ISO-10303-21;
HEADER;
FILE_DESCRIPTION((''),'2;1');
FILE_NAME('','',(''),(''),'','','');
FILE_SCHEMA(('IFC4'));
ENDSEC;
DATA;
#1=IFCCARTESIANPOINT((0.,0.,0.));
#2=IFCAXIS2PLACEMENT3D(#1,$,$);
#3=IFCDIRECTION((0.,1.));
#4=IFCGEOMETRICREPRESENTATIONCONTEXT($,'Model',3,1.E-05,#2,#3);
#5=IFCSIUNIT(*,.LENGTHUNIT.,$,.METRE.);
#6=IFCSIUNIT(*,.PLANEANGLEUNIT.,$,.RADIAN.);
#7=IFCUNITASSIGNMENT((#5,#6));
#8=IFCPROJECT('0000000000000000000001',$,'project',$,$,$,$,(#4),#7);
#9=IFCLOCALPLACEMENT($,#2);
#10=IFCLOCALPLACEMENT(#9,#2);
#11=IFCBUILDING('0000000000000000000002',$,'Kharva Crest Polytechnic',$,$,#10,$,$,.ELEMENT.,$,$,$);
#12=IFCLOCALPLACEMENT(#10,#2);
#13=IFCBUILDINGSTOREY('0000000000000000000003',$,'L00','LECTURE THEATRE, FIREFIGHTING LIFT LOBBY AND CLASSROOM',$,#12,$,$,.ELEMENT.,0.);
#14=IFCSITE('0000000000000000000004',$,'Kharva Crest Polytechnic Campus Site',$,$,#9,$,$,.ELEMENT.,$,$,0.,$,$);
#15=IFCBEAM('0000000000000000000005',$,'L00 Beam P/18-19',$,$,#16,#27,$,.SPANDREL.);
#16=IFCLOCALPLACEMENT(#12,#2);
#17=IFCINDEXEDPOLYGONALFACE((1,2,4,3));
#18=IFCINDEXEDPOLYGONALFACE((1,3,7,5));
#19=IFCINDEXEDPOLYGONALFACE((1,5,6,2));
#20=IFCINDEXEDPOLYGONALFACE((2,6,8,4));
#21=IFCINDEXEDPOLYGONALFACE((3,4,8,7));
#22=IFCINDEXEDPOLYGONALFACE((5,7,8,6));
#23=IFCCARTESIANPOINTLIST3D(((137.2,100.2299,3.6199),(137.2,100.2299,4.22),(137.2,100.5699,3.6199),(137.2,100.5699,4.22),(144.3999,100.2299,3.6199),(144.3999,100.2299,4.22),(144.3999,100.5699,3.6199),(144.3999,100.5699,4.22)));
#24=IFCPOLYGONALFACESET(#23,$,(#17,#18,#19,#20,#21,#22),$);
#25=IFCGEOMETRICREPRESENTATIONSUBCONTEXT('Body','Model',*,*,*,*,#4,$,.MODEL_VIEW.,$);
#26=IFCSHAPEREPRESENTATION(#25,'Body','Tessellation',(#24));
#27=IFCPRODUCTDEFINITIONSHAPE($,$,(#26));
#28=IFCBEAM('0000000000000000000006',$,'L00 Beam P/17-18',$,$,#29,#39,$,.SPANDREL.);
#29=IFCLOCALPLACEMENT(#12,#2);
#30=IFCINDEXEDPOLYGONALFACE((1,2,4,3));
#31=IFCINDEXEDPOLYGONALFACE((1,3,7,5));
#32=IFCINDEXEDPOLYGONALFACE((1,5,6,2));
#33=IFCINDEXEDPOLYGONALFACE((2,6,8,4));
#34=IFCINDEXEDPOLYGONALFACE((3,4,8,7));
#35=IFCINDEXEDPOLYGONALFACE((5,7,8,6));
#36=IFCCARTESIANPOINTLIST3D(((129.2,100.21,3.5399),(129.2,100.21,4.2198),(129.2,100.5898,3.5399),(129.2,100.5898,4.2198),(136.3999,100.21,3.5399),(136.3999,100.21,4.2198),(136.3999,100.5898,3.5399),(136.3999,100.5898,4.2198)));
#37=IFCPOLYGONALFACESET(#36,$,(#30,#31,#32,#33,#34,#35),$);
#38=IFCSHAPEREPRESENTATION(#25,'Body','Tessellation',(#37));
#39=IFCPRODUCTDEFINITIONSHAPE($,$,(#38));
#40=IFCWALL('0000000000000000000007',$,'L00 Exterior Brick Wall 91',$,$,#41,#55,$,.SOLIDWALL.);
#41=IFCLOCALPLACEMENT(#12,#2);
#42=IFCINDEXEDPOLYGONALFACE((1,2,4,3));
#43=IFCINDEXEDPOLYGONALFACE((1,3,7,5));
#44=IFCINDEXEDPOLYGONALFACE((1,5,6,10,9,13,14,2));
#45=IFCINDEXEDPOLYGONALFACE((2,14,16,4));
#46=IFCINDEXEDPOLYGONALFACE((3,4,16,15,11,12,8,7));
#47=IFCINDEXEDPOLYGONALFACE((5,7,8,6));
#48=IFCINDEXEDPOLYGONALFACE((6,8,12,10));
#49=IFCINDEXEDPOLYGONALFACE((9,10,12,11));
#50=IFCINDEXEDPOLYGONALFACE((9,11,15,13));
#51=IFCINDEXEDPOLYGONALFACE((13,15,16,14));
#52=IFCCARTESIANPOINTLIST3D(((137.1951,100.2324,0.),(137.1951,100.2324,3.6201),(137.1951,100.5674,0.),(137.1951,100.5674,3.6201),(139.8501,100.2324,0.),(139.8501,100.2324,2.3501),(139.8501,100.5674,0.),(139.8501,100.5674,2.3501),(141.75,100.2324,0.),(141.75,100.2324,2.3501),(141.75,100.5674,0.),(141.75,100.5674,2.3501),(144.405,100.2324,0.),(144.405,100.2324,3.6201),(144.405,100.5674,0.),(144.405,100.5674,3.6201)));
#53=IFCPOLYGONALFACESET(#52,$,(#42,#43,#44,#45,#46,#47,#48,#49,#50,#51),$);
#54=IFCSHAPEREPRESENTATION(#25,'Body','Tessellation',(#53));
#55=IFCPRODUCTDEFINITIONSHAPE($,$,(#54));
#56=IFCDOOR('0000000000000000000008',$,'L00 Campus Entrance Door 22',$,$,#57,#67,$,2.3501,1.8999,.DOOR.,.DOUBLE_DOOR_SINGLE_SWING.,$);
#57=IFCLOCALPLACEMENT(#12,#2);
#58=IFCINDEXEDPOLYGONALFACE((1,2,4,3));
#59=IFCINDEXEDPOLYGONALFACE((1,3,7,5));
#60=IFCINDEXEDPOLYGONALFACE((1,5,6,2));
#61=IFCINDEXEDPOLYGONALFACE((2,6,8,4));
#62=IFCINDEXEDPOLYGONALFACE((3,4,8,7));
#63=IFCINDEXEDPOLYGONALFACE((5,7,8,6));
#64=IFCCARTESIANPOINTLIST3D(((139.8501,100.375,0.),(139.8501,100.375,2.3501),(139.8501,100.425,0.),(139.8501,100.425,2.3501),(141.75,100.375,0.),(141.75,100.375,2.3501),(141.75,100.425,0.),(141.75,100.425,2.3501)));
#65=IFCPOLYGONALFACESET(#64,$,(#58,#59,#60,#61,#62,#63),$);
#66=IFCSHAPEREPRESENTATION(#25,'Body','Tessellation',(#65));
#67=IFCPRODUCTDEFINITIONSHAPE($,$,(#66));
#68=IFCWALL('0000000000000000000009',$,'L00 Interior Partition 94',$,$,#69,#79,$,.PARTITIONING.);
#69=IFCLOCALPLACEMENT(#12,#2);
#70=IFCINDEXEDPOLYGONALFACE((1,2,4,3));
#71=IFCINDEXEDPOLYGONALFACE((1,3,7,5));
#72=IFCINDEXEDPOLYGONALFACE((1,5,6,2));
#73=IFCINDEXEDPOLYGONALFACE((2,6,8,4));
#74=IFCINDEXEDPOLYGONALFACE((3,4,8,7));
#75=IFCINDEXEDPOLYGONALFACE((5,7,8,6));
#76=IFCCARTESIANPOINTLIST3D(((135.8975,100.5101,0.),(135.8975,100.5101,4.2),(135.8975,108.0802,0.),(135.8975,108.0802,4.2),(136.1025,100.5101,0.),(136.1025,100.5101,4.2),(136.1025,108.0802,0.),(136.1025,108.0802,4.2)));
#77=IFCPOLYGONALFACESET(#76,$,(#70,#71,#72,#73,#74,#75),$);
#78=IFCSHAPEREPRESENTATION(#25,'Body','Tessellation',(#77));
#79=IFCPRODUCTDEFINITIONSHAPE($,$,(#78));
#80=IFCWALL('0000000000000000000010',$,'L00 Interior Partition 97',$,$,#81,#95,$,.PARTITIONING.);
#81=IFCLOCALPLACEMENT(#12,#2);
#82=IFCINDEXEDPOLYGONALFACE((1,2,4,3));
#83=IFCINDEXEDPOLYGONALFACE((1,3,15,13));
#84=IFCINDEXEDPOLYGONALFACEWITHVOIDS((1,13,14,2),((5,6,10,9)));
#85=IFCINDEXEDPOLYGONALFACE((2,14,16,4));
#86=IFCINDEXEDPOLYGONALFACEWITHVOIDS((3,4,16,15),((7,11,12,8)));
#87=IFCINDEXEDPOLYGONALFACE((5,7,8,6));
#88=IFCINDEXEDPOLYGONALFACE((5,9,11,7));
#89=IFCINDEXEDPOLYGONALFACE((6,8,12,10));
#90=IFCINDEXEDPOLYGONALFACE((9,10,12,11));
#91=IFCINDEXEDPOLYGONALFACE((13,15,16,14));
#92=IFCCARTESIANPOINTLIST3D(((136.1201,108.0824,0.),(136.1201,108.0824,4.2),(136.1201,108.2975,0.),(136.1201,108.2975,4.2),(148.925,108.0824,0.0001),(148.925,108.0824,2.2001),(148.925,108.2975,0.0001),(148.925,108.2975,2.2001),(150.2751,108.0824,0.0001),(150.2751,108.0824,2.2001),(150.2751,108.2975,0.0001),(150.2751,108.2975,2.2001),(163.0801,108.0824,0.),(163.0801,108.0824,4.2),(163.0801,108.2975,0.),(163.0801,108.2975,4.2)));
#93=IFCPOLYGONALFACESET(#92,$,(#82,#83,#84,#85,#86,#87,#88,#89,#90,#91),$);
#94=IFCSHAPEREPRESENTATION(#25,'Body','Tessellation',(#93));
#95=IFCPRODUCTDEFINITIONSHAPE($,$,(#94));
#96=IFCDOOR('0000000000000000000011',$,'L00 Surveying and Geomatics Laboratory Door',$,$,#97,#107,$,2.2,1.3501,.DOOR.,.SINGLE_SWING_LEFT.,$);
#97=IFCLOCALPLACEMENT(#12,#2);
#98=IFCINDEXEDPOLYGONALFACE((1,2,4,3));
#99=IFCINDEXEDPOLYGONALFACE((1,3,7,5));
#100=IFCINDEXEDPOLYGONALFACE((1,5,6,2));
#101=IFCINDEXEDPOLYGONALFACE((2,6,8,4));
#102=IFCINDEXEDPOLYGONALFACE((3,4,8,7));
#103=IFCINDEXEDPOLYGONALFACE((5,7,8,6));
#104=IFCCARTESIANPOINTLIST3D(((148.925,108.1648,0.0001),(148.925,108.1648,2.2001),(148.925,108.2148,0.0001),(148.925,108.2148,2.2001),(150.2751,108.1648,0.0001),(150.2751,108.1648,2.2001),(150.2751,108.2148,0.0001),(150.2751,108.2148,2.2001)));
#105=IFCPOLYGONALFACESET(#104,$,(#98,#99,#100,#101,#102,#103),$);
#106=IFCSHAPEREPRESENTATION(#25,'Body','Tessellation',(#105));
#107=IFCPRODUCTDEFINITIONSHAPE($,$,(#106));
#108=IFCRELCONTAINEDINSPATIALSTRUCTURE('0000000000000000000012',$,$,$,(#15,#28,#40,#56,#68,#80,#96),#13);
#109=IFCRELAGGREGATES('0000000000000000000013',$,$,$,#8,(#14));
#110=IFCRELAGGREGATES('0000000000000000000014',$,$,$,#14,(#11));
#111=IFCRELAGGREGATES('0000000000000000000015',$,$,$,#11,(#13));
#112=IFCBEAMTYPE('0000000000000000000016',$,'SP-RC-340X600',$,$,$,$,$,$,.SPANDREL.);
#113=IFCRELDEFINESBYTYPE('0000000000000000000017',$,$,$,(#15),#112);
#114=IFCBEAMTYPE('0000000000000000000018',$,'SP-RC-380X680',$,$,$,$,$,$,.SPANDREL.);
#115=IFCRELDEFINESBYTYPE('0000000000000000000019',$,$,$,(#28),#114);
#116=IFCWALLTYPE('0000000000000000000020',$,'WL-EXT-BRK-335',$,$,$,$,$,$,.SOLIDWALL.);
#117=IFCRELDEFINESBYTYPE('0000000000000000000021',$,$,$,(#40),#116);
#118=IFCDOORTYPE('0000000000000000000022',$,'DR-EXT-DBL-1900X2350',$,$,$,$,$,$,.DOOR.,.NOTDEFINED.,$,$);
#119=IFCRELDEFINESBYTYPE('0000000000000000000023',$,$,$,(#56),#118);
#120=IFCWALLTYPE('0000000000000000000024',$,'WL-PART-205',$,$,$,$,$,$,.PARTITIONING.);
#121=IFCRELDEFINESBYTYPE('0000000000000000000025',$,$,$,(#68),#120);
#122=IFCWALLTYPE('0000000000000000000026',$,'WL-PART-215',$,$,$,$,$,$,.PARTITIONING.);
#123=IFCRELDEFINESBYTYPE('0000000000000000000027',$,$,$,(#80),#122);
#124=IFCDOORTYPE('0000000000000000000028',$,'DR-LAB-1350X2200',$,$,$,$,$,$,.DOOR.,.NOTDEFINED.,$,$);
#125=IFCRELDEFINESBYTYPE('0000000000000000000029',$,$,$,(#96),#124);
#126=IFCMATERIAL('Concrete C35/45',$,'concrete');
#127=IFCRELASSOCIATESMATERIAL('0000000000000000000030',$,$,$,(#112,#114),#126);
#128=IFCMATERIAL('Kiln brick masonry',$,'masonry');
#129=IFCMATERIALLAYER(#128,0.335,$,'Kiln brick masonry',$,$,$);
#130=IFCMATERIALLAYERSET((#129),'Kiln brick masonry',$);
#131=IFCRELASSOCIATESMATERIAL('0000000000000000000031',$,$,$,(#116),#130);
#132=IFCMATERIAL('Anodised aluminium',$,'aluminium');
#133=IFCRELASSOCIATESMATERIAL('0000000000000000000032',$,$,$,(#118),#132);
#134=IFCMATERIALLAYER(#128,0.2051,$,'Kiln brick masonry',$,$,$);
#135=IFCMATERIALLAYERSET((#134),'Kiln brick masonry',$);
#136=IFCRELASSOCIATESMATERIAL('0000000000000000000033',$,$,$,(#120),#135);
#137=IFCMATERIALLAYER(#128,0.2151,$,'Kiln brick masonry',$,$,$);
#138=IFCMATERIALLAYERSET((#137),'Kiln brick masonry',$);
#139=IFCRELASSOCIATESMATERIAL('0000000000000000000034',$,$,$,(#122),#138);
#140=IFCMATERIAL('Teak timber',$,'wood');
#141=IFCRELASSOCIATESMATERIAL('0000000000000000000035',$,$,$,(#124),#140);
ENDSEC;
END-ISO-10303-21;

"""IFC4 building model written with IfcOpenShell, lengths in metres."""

from ifc_helpers import new_model, si_unit, direction, frame, frame_2d, origin, origin_2d, place, context, subcontext, project, spatial, rectangle, extrude, material, layer, layer_set, material_profile, profile_set, type_object, element, fill, save


model = new_model("IFC4")

# Units and contexts
model_context = context("Model", 3, precision=1e-05, world=origin(), true_north=direction((0.0, 1.0)))
body_context = subcontext(model_context, "Body", "Model", "MODEL_VIEW")
ifc_project = project(units=[si_unit("LENGTHUNIT", "METRE"), si_unit("PLANEANGLEUNIT", "RADIAN")], contexts=[model_context])

# Site, building, storey
site_placement = place(None, origin())
site = spatial("IfcSite", under=ifc_project, at=site_placement, Name="Kharva Crest Polytechnic Campus Site", CompositionType="ELEMENT", RefElevation=0.0)
building_placement = place(site_placement, origin())
building = spatial("IfcBuilding", under=site, at=building_placement, Name="Kharva Crest Polytechnic", CompositionType="ELEMENT")
storey_placement = place(building_placement, origin())
storey = spatial("IfcBuildingStorey", under=building, at=storey_placement, Name="L00", Description="LECTURE THEATRE, FIREFIGHTING LIFT LOBBY AND CLASSROOM", CompositionType="ELEMENT", Elevation=0.0)

# Shared definitions
ifc_material_1 = material(Name="Concrete C35/45", Category="concrete")

# Beams
ifc_material_profile_1 = material_profile(ifc_material_1, rectangle(XDim=0.3401, YDim=0.6001, at=origin_2d()), Name="RECT 340 X 600")
ifc_profile_set_1 = profile_set([ifc_material_profile_1], Name="Concrete C35/45")
beam_type_1 = type_object("IfcBeamType", Name="SP-RC-340X600", PredefinedType="SPANDREL", material=ifc_profile_set_1)
beam_1_placement = place(storey_placement, frame((137.2, 100.3999, 3.9199), z_axis=(1.0, 0.0, 0.0), x_axis=(0.0, 1.0, 0.0)))
element("IfcBeam", 1, at=beam_1_placement, inside=storey, type_object=beam_type_1, Name="L00 Beam P/18-19", PredefinedType="SPANDREL", context=body_context, shape_type="SweptSolid", body=[
    extrude(rectangle(XDim=0.3401, YDim=0.6001, at=origin_2d()), origin(), (0.0, 0.0, 1.0), 7.2),
])
ifc_material_profile_2 = material_profile(ifc_material_1, rectangle(XDim=0.3799, YDim=0.6799, at=origin_2d()), Name="RECT 380 X 680")
ifc_profile_set_2 = profile_set([ifc_material_profile_2], Name="Concrete C35/45")
beam_type_2 = type_object("IfcBeamType", Name="SP-RC-380X680", PredefinedType="SPANDREL", material=ifc_profile_set_2)
beam_2_placement = place(storey_placement, frame((129.2, 100.3999, 3.8799), z_axis=(1.0, 0.0, 0.0), x_axis=(0.0, 1.0, 0.0)))
element("IfcBeam", 2, at=beam_2_placement, inside=storey, type_object=beam_type_2, Name="L00 Beam P/17-18", PredefinedType="SPANDREL", context=body_context, shape_type="SweptSolid", body=[
    extrude(rectangle(XDim=0.3799, YDim=0.6799, at=origin_2d()), origin(), (0.0, 0.0, 1.0), 7.2),
])

# Wall, opening, door
ifc_material_2 = material(Name="Kiln brick masonry", Category="masonry")
ifc_layer_1 = layer(ifc_material_2, 0.335, Name="Kiln brick masonry")
ifc_layer_set_1 = layer_set([ifc_layer_1], Name="Kiln brick masonry")
wall_type_1 = type_object("IfcWallType", Name="WL-EXT-BRK-335", PredefinedType="SOLIDWALL", material=ifc_layer_set_1)
wall_1_placement = place(storey_placement, frame((137.1951, 100.3999, 0.0), z_axis=(0.0, 0.0, 1.0), x_axis=(1.0, 0.0, 0.0)))
wall_1 = element("IfcWall", 3, at=wall_1_placement, inside=storey, type_object=wall_type_1, Name="L00 Exterior Brick Wall 91", PredefinedType="SOLIDWALL", context=body_context, shape_type="SweptSolid", body=[
    extrude(rectangle(XDim=7.21, YDim=0.335, at=frame_2d((3.605, 0.0))), origin(), (0.0, 0.0, 1.0), 3.6201),
])
opening_1_placement = place(wall_1_placement, frame((2.655, 0.0, 0.0)))
opening_1 = element("IfcOpeningElement", 4, at=opening_1_placement, cuts=wall_1, PredefinedType="OPENING", context=body_context, shape_type="SweptSolid", body=[
    extrude(rectangle(XDim=1.8999, YDim=2.3501, at=frame_2d((0.95, 1.175))), frame((0.0, 0.1775, 0.0), z_axis=(0.0, -1.0, 0.0), x_axis=(1.0, 0.0, 0.0)), (0.0, 0.0, 1.0), 0.355),
])
ifc_material_3 = material(Name="Anodised aluminium", Category="aluminium")
door_type_1 = type_object("IfcDoorType", Name="DR-EXT-DBL-1900X2350", OperationType="NOTDEFINED", PredefinedType="DOOR", material=ifc_material_3)
door_1_placement = place(opening_1_placement, frame((1.8999, 0.0, 0.0), z_axis=(0.0, 0.0, 1.0), x_axis=(-1.0, 0.0, 0.0)))
door_1 = element("IfcDoor", 5, at=door_1_placement, inside=storey, type_object=door_type_1, Name="L00 Campus Entrance Door 22", OperationType="DOUBLE_DOOR_SINGLE_SWING", OverallHeight=2.3501, OverallWidth=1.8999, PredefinedType="DOOR", context=body_context, shape_type="SweptSolid", body=[
    extrude(rectangle(XDim=1.8999, YDim=2.3501, at=frame_2d((0.95, 1.175))), frame((0.0, 0.0249, 0.0), z_axis=(0.0, -1.0, 0.0), x_axis=(1.0, 0.0, 0.0)), (0.0, 0.0, 1.0), 0.05),
])
fill(opening_1, door_1)

# Wall
ifc_layer_2 = layer(ifc_material_2, 0.2051, Name="Kiln brick masonry")
ifc_layer_set_2 = layer_set([ifc_layer_2], Name="Kiln brick masonry")
wall_type_2 = type_object("IfcWallType", Name="WL-PART-205", PredefinedType="PARTITIONING", material=ifc_layer_set_2)
wall_2_placement = place(storey_placement, frame((136.0, 100.51, 0.0), z_axis=(0.0, 0.0, 1.0), x_axis=(0.0, 1.0, 0.0)))
element("IfcWall", 6, at=wall_2_placement, inside=storey, type_object=wall_type_2, Name="L00 Interior Partition 94", PredefinedType="PARTITIONING", context=body_context, shape_type="SweptSolid", body=[
    extrude(rectangle(XDim=7.5701, YDim=0.2051, at=frame_2d((3.7852, 0.0))), origin(), (0.0, 0.0, 1.0), 4.2),
])

# Wall, opening, door
ifc_layer_3 = layer(ifc_material_2, 0.2151, Name="Kiln brick masonry")
ifc_layer_set_3 = layer_set([ifc_layer_3], Name="Kiln brick masonry")
wall_type_3 = type_object("IfcWallType", Name="WL-PART-215", PredefinedType="PARTITIONING", material=ifc_layer_set_3)
wall_3_placement = place(storey_placement, frame((136.1201, 108.1899, 0.0), z_axis=(0.0, 0.0, 1.0), x_axis=(1.0, 0.0, 0.0)))
wall_3 = element("IfcWall", 7, at=wall_3_placement, inside=storey, type_object=wall_type_3, Name="L00 Interior Partition 97", PredefinedType="PARTITIONING", context=body_context, shape_type="SweptSolid", body=[
    extrude(rectangle(XDim=26.96, YDim=0.2151, at=frame_2d((13.48, 0.0))), origin(), (0.0, 0.0, 1.0), 4.2),
])
opening_2_placement = place(wall_3_placement, frame((12.8049, 0.0, 0.0)))
opening_2 = element("IfcOpeningElement", 8, at=opening_2_placement, cuts=wall_3, PredefinedType="OPENING", context=body_context, shape_type="SweptSolid", body=[
    extrude(rectangle(XDim=1.3501, YDim=2.2, at=frame_2d((0.675, 1.1001))), frame((0.0, 0.1174, 0.0), z_axis=(0.0, -1.0, 0.0), x_axis=(1.0, 0.0, 0.0)), (0.0, 0.0, 1.0), 0.2351),
])
ifc_material_4 = material(Name="Teak timber", Category="wood")
door_type_2 = type_object("IfcDoorType", Name="DR-LAB-1350X2200", OperationType="NOTDEFINED", PredefinedType="DOOR", material=ifc_material_4)
door_2_placement = place(opening_2_placement, origin())
door_2 = element("IfcDoor", 9, at=door_2_placement, inside=storey, type_object=door_type_2, Name="L00 Surveying and Geomatics Laboratory Door", OperationType="SINGLE_SWING_LEFT", OverallHeight=2.2, OverallWidth=1.3501, PredefinedType="DOOR", context=body_context, shape_type="SweptSolid", body=[
    extrude(rectangle(XDim=1.3501, YDim=2.2, at=frame_2d((0.675, 1.1001))), frame((0.0, 0.0249, 0.0), z_axis=(0.0, -1.0, 0.0), x_axis=(1.0, 0.0, 0.0)), (0.0, 0.0, 1.0), 0.05),
])
fill(opening_2, door_2)

save(model, "model.ifc")
